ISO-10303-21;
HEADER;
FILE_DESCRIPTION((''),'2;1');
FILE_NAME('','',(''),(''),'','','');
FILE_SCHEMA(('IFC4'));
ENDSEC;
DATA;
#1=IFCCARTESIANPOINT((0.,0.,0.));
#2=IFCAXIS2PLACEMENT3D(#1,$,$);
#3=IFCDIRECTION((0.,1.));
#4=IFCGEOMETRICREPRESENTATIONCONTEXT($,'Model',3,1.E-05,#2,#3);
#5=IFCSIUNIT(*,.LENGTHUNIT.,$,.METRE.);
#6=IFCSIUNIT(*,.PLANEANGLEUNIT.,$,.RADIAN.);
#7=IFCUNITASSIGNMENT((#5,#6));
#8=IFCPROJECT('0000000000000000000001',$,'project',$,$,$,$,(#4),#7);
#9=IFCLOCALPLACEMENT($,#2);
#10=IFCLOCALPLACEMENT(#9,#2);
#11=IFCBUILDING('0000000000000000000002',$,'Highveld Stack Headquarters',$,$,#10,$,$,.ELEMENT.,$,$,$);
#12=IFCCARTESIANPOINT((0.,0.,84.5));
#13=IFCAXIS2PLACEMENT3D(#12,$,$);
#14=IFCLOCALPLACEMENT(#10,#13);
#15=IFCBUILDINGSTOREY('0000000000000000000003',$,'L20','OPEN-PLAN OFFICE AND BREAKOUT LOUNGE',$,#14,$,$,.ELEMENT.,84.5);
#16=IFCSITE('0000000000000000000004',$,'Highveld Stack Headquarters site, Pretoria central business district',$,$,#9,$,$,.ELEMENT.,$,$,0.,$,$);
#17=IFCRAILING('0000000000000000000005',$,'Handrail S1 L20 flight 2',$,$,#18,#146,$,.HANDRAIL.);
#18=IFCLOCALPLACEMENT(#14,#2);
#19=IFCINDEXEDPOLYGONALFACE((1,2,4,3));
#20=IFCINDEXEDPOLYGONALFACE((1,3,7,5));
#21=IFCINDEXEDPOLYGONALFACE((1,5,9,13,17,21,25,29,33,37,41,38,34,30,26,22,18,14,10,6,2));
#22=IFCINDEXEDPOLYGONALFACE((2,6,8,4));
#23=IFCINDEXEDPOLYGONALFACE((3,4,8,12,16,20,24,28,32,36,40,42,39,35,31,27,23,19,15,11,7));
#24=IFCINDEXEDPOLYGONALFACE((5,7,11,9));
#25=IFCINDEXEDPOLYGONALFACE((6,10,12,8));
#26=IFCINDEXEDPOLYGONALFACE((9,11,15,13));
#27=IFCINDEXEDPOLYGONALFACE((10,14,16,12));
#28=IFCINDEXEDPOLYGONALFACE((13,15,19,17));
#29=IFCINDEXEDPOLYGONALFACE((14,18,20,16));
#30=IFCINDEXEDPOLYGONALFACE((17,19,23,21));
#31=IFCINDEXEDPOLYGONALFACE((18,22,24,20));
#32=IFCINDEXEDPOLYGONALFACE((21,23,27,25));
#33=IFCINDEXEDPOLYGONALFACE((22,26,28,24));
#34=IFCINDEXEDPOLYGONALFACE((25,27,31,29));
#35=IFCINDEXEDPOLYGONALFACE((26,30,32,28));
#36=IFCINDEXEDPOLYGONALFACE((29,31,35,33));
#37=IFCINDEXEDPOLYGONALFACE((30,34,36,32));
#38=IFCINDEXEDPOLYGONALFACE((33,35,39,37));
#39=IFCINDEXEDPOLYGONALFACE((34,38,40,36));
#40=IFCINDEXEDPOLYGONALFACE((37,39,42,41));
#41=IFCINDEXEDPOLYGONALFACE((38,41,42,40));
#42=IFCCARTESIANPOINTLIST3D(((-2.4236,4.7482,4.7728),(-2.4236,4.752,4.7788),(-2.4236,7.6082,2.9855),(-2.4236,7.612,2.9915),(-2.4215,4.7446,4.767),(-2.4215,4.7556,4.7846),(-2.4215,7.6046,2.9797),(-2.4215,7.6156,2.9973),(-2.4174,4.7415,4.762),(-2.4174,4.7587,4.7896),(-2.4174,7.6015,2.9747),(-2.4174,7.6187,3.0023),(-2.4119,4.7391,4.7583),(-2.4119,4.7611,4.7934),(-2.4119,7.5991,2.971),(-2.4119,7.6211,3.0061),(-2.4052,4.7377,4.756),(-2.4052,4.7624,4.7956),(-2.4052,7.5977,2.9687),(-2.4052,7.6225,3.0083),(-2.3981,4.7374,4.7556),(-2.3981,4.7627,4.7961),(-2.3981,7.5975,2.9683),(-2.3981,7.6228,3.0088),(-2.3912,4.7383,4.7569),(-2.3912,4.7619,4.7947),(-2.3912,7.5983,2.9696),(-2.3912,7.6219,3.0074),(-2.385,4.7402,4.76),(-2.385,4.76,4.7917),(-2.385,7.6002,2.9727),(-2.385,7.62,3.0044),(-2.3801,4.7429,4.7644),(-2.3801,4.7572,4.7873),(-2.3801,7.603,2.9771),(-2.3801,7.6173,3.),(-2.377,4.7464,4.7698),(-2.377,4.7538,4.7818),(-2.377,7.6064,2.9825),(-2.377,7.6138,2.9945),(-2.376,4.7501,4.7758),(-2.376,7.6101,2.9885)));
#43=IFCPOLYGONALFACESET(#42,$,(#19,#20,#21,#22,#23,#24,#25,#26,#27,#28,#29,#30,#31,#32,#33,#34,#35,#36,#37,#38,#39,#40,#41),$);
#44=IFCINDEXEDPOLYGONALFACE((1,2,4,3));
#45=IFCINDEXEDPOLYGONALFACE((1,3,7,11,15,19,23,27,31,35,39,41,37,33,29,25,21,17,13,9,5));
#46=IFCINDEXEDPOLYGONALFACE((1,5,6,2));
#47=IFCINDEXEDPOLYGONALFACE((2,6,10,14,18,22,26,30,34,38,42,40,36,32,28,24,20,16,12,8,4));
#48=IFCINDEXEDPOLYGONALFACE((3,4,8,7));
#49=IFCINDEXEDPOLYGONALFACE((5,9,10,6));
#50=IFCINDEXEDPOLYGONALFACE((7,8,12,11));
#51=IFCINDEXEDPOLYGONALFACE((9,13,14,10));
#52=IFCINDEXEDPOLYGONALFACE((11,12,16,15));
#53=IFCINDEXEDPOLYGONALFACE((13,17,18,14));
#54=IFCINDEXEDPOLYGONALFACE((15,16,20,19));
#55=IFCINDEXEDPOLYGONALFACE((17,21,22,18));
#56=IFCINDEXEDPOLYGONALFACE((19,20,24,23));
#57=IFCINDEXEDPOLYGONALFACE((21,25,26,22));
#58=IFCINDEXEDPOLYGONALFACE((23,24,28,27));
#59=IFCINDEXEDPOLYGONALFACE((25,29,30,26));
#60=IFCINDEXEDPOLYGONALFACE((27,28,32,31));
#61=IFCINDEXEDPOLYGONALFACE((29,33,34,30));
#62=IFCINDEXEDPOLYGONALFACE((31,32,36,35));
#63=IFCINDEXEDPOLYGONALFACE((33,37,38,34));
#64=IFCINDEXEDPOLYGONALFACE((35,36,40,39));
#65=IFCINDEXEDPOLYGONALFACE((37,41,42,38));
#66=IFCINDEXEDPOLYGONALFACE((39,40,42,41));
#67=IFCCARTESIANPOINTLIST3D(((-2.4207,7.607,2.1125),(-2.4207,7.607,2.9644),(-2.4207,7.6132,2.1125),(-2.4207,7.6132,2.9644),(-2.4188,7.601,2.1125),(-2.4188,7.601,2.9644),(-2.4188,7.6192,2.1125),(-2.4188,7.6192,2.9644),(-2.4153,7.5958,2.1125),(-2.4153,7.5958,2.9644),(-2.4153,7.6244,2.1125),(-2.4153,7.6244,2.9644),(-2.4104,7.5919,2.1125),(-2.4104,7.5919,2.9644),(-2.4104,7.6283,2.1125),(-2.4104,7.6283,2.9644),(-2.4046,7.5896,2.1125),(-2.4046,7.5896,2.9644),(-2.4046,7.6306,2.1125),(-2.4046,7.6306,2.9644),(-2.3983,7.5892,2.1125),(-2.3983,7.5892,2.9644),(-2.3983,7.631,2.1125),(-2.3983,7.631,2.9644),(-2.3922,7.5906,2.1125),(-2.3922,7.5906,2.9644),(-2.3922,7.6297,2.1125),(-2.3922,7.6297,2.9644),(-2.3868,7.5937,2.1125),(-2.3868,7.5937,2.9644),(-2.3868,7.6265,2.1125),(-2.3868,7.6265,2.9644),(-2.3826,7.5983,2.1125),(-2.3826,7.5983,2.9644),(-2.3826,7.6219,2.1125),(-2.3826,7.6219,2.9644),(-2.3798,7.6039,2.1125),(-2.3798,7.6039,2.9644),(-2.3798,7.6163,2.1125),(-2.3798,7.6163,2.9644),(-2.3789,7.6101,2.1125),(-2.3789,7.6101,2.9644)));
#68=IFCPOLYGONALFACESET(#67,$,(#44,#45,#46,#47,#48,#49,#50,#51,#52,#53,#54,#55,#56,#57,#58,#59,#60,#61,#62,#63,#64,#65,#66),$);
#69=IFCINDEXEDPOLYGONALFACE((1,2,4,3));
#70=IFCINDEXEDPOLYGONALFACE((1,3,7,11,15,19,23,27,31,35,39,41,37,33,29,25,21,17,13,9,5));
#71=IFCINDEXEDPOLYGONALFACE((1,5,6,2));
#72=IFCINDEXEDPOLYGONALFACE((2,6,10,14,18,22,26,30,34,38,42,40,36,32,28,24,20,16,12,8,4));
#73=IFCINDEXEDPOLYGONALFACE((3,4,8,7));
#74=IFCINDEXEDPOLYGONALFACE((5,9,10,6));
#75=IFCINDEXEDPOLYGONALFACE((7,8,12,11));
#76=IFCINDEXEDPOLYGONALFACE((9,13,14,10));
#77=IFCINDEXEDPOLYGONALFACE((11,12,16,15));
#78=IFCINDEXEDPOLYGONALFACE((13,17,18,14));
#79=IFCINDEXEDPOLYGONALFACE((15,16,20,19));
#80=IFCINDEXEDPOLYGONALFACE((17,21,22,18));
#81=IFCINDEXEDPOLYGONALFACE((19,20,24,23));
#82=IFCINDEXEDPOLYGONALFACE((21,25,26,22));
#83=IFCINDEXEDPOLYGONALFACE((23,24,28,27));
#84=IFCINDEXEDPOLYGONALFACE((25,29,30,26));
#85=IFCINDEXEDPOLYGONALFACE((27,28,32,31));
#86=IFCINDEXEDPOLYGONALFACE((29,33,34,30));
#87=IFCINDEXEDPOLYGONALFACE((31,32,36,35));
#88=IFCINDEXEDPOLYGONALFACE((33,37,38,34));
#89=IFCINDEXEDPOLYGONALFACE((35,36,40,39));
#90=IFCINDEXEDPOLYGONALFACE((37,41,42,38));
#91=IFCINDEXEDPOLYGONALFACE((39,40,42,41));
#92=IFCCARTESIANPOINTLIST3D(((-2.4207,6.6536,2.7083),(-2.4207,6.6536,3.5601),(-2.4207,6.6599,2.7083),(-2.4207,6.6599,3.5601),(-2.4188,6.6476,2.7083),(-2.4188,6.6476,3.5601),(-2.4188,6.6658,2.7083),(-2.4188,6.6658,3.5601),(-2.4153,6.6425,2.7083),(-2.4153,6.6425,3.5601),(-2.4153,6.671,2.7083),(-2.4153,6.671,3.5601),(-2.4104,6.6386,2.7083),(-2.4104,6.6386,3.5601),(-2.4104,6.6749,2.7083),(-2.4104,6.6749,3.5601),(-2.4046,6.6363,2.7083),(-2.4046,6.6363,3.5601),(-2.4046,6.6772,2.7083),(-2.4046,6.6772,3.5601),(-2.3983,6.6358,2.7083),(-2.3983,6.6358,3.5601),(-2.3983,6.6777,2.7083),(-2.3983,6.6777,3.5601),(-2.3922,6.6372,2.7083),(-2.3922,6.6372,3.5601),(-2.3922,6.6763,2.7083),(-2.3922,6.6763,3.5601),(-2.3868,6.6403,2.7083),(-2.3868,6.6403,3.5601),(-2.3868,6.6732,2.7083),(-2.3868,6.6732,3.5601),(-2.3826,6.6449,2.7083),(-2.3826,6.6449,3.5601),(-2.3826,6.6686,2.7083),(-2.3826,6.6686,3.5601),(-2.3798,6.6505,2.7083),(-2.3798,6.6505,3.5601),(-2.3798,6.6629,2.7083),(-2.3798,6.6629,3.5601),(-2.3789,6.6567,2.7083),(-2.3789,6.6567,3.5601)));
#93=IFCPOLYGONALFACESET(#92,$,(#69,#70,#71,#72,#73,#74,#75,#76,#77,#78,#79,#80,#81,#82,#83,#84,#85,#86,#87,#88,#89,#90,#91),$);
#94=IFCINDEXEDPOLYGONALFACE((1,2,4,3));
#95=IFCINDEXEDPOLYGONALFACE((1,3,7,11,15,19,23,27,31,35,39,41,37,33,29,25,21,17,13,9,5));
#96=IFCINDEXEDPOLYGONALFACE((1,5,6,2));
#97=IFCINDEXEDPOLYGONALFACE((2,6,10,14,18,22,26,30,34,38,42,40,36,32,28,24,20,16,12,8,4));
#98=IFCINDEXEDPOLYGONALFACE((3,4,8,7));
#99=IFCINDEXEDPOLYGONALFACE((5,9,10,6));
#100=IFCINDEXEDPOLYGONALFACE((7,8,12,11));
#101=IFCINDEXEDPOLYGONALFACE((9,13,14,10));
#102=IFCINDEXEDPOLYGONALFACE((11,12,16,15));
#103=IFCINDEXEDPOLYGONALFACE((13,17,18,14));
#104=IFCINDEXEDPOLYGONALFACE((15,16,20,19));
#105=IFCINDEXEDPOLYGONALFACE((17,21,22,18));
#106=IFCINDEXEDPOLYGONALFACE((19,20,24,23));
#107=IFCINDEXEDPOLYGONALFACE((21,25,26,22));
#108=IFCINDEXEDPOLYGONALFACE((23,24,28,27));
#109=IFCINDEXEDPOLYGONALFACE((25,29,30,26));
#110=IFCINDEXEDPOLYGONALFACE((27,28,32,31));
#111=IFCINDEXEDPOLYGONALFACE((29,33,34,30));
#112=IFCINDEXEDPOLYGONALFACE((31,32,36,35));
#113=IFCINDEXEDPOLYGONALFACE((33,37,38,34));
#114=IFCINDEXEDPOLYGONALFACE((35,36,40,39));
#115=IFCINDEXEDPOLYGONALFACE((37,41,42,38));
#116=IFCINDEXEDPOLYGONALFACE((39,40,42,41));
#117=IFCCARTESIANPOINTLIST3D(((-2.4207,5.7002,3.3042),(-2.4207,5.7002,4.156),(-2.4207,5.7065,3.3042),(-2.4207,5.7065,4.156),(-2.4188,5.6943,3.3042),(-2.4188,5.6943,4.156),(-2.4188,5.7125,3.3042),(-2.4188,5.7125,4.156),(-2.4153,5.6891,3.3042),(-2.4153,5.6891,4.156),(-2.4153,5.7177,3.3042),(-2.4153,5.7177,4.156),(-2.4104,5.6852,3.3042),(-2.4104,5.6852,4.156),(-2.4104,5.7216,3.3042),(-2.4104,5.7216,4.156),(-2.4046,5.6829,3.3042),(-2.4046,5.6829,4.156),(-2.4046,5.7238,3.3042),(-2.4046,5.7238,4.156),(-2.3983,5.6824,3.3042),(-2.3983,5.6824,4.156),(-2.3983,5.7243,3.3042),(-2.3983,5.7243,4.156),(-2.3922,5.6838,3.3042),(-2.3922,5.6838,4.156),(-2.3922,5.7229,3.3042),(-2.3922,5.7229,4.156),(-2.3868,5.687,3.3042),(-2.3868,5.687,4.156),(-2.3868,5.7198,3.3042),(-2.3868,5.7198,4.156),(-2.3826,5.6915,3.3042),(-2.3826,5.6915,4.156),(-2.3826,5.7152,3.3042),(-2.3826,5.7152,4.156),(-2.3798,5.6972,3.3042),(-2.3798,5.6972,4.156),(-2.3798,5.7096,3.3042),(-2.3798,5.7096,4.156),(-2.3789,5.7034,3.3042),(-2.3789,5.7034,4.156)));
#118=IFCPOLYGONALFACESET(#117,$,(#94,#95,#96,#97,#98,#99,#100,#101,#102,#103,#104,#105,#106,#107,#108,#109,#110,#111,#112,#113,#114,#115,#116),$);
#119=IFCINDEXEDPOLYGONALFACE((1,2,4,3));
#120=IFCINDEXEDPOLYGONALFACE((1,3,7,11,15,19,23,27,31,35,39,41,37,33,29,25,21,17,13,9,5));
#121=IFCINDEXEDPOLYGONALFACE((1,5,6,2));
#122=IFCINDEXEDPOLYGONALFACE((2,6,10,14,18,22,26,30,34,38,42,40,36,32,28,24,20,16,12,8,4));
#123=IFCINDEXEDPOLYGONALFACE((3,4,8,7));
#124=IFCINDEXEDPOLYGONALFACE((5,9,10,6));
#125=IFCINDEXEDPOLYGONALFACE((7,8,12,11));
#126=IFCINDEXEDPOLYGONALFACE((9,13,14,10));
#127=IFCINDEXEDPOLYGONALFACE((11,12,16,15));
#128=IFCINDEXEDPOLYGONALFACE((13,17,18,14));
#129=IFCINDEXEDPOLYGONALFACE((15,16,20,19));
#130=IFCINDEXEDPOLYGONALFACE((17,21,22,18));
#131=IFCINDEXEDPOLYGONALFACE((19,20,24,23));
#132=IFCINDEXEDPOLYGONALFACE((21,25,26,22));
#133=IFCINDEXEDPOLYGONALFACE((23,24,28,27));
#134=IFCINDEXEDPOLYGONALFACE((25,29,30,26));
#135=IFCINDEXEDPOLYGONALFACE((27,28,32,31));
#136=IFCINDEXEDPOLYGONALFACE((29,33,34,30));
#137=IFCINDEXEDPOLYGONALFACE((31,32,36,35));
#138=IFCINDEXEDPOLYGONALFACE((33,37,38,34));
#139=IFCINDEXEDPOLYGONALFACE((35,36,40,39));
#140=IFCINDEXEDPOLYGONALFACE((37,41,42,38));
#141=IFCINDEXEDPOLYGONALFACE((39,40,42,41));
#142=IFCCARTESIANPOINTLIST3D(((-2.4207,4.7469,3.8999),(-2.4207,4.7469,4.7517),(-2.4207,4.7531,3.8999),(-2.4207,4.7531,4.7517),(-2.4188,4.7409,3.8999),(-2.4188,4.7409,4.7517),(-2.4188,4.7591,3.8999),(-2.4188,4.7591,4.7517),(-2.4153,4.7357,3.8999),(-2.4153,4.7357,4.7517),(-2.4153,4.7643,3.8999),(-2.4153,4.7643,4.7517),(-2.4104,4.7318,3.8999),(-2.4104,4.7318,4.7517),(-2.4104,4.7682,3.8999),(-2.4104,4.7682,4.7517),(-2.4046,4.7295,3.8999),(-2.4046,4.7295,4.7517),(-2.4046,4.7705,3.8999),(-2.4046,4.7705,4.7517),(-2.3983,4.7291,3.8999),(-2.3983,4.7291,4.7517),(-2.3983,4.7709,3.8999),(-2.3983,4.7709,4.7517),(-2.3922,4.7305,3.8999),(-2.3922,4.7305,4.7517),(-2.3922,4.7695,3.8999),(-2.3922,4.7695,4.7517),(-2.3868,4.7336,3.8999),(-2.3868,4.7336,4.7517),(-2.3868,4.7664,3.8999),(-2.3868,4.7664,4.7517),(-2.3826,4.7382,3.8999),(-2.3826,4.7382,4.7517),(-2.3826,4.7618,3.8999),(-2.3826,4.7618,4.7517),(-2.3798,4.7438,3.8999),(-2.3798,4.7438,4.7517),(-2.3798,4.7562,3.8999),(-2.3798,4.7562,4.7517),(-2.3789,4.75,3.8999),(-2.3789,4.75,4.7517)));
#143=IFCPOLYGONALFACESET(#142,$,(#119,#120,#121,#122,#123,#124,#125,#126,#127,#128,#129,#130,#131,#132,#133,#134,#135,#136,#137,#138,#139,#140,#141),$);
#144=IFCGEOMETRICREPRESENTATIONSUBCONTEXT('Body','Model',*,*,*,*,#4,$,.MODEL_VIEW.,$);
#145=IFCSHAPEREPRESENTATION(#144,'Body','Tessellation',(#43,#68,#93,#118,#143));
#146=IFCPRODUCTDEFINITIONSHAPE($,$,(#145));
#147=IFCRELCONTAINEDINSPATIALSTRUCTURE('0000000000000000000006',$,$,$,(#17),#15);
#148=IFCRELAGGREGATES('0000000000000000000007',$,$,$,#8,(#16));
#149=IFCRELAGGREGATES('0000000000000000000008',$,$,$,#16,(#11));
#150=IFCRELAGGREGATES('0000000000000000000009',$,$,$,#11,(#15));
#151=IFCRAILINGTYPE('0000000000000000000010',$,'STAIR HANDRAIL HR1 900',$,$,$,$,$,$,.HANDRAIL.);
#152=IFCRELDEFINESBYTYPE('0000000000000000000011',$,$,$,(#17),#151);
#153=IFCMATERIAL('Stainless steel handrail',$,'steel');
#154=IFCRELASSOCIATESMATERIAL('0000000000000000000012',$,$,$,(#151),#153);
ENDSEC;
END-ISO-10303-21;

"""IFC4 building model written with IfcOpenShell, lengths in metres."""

from ifc_helpers import new_model, si_unit, direction, frame, origin, origin_2d, place, context, subcontext, project, spatial, circle, extrude, material, type_object, element, save


model = new_model("IFC4")

# Units and contexts
model_context = context("Model", 3, precision=1e-05, world=origin(), true_north=direction((0.0, 1.0)))
body_context = subcontext(model_context, "Body", "Model", "MODEL_VIEW")
ifc_project = project(units=[si_unit("LENGTHUNIT", "METRE"), si_unit("PLANEANGLEUNIT", "RADIAN")], contexts=[model_context])

# Site, building, storey
site_placement = place(None, origin())
site = spatial("IfcSite", under=ifc_project, at=site_placement, Name="Highveld Stack Headquarters site, Pretoria central business district", CompositionType="ELEMENT", RefElevation=0.0)
building_placement = place(site_placement, origin())
building = spatial("IfcBuilding", under=site, at=building_placement, Name="Highveld Stack Headquarters", CompositionType="ELEMENT")
storey_placement = place(building_placement, frame((0.0, 0.0, 84.5)))
storey = spatial("IfcBuildingStorey", under=building, at=storey_placement, Name="L20", Description="OPEN-PLAN OFFICE AND BREAKOUT LOUNGE", CompositionType="ELEMENT", Elevation=84.5)

# Railing
ifc_material_1 = material(Name="Stainless steel handrail", Category="steel")
railing_type = type_object("IfcRailingType", Name="STAIR HANDRAIL HR1 900", PredefinedType="HANDRAIL", material=ifc_material_1)
for number, where, name in (
    (1, (-2.3999, 7.6101, 2.1125), "Handrail S1 L20 flight 2"),
):
    element("IfcRailing", number, at=place(storey_placement, frame(where)), inside=storey, type_object=railing_type, Name=name, PredefinedType="HANDRAIL", context=body_context, shape_type="SweptSolid", body=[
        extrude(circle(Radius=0.0239, at=origin_2d()), frame((0.0, 0.0, 0.876), z_axis=(0.0, -0.848027, 0.529953), x_axis=(1.0, 0.0, 0.0)), (0.0, 0.0, 1.0), 3.3726),
        extrude(circle(Radius=0.021, at=origin_2d()), origin(), (0.0, 0.0, 1.0), 0.8518),
        extrude(circle(Radius=0.021, at=origin_2d()), frame((0.0, -0.9534, 0.5957)), (0.0, 0.0, 1.0), 0.8518),
        extrude(circle(Radius=0.021, at=origin_2d()), frame((0.0, -1.9067, 1.1917)), (0.0, 0.0, 1.0), 0.8518),
        extrude(circle(Radius=0.021, at=origin_2d()), frame((0.0, -2.8601, 1.7874)), (0.0, 0.0, 1.0), 0.8518),
    ])

save(model, "model.ifc")
